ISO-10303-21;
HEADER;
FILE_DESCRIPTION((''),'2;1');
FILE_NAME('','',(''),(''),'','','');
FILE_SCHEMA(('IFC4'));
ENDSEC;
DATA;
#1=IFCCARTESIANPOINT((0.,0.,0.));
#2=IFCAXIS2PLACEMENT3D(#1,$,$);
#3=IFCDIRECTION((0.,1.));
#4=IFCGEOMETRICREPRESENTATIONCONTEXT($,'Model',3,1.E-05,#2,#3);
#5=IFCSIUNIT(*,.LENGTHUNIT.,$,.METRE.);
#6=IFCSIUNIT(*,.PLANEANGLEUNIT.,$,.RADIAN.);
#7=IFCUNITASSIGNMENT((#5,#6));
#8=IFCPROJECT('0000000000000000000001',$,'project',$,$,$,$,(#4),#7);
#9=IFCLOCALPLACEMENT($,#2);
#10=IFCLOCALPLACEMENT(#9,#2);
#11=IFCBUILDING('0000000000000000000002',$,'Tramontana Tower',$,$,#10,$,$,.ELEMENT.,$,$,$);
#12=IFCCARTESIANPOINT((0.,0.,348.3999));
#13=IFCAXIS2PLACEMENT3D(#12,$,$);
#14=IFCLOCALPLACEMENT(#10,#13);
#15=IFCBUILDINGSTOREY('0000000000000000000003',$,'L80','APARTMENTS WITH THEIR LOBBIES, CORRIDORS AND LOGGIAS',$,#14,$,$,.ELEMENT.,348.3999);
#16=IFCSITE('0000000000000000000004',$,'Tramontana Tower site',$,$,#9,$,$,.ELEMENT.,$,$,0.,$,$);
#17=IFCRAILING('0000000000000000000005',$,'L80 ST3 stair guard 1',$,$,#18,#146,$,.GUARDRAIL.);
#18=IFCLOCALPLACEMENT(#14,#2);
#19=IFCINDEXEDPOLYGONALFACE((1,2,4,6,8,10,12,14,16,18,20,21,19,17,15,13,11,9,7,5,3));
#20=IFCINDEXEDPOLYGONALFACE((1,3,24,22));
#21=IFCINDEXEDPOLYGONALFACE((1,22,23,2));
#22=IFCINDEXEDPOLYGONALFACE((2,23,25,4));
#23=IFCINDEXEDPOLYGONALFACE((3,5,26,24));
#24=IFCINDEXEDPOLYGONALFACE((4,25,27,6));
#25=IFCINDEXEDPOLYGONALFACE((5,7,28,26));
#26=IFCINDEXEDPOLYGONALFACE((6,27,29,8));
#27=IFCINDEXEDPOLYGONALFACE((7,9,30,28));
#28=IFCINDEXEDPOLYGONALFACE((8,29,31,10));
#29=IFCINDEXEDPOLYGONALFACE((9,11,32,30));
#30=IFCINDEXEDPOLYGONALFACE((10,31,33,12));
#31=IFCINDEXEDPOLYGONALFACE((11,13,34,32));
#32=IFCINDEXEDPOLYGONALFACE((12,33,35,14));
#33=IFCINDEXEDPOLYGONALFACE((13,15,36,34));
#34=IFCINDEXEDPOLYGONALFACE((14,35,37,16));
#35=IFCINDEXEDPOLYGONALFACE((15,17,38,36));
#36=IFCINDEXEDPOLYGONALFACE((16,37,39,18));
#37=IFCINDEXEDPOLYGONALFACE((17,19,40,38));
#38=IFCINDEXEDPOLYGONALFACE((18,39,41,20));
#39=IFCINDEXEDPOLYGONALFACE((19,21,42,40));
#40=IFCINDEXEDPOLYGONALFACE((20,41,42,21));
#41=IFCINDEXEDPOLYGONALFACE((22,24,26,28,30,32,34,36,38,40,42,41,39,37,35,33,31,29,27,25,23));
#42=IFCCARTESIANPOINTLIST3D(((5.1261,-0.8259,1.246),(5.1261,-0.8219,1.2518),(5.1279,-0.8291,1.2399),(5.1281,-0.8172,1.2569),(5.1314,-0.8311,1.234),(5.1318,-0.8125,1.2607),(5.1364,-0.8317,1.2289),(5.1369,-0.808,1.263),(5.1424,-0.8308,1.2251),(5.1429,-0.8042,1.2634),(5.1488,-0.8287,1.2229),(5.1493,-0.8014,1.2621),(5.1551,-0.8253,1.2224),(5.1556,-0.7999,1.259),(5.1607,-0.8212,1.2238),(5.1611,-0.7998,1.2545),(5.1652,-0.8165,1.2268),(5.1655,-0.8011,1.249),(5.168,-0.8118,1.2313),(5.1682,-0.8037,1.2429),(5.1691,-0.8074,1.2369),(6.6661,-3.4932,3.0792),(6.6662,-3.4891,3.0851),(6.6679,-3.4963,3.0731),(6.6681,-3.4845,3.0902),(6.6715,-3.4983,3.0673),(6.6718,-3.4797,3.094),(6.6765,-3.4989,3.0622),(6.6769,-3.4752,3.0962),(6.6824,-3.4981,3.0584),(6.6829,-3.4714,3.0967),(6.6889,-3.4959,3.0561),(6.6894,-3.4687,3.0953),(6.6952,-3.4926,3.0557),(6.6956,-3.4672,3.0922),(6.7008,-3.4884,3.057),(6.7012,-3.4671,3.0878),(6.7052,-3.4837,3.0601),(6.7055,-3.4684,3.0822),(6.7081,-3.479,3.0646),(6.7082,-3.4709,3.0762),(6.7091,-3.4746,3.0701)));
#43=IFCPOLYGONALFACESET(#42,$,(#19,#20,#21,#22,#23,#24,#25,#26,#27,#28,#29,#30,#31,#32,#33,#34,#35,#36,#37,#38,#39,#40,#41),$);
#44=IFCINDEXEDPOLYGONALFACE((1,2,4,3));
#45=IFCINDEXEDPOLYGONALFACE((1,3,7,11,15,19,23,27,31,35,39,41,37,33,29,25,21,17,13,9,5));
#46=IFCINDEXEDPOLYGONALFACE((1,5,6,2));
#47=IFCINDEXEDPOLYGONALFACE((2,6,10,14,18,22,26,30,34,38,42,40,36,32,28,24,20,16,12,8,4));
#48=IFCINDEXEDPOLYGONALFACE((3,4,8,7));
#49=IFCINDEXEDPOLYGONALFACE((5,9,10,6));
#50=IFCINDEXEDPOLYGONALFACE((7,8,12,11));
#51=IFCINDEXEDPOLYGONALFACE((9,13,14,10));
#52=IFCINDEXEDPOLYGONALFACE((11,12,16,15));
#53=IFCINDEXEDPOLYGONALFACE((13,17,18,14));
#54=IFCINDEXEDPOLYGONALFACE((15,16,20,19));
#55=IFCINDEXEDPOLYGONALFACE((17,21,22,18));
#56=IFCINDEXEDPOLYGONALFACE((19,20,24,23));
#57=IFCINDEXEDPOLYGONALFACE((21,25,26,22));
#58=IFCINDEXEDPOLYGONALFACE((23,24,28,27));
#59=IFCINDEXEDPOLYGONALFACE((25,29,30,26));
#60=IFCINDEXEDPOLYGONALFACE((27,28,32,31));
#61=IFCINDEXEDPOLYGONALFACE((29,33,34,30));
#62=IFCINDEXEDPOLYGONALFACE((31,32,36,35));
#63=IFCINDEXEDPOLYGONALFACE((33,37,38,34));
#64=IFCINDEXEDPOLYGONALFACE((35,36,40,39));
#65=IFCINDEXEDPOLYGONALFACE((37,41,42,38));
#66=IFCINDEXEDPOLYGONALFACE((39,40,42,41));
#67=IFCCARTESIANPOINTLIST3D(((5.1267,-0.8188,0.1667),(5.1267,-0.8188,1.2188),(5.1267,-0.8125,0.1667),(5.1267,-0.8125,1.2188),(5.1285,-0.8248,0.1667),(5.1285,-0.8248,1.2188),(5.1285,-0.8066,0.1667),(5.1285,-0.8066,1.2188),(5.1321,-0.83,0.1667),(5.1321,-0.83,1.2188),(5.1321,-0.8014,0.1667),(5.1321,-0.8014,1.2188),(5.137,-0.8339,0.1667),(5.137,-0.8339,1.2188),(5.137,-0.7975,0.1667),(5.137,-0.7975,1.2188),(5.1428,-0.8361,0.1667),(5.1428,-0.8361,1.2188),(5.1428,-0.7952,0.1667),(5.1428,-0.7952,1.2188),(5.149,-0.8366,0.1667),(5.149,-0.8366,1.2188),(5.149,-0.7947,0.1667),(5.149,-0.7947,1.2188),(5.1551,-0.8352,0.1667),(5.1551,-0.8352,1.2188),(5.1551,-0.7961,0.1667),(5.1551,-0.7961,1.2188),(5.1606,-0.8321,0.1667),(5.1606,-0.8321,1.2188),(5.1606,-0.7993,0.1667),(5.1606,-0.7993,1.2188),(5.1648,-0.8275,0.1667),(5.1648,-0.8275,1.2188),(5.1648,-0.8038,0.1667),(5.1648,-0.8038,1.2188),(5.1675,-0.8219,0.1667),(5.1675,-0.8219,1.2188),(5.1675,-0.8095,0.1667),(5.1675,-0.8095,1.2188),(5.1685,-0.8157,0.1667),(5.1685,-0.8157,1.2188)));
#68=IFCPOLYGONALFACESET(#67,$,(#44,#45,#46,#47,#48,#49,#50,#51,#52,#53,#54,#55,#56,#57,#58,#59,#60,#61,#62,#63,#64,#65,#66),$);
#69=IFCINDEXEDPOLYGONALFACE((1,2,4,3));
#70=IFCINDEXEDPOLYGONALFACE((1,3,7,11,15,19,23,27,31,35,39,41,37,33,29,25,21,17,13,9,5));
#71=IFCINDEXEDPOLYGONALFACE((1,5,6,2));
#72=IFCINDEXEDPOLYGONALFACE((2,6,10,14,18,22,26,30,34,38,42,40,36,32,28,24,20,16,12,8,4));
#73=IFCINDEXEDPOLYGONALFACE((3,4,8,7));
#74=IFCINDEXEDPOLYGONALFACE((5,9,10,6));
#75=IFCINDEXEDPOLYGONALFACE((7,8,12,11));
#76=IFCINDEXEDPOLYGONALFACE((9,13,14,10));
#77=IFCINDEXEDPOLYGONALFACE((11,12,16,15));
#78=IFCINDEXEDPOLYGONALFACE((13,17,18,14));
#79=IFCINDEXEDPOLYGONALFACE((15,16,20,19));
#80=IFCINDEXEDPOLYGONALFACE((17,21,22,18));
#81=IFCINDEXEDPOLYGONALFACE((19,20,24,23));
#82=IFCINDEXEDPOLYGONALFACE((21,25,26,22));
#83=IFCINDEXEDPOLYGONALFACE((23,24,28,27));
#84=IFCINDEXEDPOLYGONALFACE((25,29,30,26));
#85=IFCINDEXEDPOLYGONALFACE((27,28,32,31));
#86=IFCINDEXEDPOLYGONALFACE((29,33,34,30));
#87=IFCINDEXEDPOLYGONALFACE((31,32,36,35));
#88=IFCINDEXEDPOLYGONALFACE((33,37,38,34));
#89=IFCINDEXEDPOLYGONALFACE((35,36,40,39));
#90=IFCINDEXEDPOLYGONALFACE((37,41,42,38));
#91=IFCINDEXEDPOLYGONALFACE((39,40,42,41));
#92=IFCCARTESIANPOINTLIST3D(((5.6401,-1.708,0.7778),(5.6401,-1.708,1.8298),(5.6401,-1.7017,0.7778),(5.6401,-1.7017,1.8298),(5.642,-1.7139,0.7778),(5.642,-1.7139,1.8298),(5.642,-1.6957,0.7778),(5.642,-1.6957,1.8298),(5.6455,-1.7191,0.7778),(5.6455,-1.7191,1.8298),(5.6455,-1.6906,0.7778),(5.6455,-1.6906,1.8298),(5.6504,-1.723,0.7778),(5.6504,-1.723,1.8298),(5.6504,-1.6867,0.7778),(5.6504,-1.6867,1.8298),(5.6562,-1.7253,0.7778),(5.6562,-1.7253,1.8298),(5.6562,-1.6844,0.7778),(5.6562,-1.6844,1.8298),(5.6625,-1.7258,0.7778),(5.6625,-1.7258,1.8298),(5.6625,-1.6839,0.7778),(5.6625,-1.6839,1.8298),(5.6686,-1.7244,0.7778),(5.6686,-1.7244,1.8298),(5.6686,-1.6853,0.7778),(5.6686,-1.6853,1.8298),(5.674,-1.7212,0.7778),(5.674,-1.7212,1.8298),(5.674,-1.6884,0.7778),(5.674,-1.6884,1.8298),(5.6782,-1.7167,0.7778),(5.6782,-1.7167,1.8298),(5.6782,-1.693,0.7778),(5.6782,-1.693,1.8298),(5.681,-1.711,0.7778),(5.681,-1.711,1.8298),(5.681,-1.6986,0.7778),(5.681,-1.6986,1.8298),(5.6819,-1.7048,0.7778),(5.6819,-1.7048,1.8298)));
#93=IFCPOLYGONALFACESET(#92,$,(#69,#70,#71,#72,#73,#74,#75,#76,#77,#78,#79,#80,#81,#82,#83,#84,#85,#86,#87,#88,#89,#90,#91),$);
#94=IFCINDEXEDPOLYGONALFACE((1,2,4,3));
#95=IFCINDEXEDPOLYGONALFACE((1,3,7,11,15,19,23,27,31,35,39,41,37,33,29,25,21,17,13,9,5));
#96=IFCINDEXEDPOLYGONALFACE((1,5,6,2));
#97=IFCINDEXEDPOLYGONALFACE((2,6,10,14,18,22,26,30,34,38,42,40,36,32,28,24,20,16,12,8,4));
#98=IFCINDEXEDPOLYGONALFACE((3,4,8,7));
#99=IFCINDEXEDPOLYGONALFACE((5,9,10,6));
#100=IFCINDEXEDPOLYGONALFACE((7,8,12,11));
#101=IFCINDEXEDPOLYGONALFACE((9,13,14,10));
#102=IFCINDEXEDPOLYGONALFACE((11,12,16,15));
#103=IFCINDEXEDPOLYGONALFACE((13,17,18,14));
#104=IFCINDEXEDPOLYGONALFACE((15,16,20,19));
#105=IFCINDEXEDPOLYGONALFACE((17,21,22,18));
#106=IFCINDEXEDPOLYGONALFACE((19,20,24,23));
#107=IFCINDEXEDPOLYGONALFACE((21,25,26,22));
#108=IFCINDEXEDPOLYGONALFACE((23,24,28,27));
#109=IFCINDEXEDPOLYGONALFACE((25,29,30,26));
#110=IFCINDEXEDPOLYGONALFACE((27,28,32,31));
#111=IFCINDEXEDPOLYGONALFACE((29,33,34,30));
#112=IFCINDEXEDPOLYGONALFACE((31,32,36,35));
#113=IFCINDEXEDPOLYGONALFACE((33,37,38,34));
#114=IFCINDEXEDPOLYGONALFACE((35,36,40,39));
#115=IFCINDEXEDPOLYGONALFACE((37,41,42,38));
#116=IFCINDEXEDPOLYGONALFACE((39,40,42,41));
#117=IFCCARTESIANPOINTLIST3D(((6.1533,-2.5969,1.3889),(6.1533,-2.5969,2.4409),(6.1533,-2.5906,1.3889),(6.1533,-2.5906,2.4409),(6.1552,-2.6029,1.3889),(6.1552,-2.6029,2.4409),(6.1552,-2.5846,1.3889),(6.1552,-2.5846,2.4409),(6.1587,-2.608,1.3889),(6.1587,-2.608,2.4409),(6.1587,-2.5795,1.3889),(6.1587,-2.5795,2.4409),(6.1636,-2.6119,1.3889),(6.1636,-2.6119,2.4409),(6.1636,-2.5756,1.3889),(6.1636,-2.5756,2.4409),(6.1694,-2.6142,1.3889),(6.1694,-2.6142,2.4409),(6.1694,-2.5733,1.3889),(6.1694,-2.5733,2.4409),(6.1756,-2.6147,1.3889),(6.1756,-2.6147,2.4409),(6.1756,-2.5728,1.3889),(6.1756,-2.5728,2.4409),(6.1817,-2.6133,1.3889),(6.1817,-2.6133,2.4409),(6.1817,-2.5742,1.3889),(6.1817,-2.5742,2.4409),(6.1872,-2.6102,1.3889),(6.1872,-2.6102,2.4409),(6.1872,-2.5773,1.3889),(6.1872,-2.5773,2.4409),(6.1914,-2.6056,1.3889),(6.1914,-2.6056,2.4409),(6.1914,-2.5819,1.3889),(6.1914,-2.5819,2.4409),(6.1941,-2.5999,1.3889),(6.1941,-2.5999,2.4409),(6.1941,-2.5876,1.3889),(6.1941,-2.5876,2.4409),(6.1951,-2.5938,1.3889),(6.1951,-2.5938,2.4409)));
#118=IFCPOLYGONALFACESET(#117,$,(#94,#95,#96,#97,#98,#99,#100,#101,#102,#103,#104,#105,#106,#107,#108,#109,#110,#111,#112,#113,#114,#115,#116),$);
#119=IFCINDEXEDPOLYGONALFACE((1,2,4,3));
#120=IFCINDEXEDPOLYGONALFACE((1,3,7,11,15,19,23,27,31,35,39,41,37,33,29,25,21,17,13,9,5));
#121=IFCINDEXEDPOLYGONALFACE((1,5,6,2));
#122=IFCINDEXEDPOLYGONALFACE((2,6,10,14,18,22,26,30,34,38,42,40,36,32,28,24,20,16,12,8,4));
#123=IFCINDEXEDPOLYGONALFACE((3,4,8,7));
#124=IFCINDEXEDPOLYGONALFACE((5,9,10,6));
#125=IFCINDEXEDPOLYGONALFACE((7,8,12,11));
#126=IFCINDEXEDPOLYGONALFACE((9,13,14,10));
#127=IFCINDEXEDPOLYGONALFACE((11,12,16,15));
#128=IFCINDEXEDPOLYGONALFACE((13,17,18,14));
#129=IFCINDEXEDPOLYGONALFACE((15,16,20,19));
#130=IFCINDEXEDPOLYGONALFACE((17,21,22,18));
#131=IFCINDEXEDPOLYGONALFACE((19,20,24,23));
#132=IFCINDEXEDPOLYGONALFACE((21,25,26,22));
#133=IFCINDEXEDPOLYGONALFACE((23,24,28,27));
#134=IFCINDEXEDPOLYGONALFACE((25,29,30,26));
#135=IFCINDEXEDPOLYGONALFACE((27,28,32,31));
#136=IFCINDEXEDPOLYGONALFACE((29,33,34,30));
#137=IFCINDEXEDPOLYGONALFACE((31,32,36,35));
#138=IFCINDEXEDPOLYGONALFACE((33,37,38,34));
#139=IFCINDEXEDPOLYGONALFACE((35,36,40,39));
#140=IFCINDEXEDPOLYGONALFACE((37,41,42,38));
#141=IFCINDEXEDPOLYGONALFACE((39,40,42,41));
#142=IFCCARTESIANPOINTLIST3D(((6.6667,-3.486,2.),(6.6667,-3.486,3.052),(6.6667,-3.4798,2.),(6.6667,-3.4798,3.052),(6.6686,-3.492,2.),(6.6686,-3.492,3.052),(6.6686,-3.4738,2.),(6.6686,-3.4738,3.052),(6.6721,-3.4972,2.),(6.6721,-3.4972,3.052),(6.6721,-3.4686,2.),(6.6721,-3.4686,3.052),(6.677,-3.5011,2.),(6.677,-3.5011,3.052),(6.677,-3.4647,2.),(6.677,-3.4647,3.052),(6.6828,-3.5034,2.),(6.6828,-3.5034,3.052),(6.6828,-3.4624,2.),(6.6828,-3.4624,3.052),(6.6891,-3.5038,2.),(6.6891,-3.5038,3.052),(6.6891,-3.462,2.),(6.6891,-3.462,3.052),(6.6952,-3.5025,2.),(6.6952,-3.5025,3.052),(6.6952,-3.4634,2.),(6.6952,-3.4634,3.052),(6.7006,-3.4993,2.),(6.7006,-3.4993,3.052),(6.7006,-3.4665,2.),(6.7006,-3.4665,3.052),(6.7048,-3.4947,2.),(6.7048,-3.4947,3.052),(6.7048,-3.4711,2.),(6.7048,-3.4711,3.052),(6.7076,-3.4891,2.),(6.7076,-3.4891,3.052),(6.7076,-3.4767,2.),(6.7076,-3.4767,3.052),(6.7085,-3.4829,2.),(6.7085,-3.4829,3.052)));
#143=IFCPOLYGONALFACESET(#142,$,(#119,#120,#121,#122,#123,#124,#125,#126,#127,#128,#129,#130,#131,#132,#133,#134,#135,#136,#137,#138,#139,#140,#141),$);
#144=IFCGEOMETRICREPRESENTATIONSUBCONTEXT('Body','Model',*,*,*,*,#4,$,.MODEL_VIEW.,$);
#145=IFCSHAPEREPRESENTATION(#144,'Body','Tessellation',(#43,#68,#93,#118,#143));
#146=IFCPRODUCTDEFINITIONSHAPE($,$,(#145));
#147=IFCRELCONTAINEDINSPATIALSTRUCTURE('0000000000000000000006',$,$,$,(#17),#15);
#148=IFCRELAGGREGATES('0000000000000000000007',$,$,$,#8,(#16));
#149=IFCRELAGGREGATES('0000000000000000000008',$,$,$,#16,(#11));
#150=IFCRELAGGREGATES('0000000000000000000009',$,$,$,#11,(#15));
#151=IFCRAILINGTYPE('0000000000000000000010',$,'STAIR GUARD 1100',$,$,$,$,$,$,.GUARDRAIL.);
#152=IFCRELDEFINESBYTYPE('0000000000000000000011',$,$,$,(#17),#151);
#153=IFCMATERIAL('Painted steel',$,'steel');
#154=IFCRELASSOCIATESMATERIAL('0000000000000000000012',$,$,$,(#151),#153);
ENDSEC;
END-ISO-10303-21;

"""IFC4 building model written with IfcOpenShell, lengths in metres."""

from ifc_helpers import new_model, si_unit, direction, frame, origin, origin_2d, place, context, subcontext, project, spatial, circle, extrude, material, type_object, element, save


model = new_model("IFC4")

# Units and contexts
model_context = context("Model", 3, precision=1e-05, world=origin(), true_north=direction((0.0, 1.0)))
body_context = subcontext(model_context, "Body", "Model", "MODEL_VIEW")
ifc_project = project(units=[si_unit("LENGTHUNIT", "METRE"), si_unit("PLANEANGLEUNIT", "RADIAN")], contexts=[model_context])

# Site, building, storey
site_placement = place(None, origin())
site = spatial("IfcSite", under=ifc_project, at=site_placement, Name="Tramontana Tower site", CompositionType="ELEMENT", RefElevation=0.0)
building_placement = place(site_placement, origin())
building = spatial("IfcBuilding", under=site, at=building_placement, Name="Tramontana Tower", CompositionType="ELEMENT")
storey_placement = place(building_placement, frame((0.0, 0.0, 348.3999)))
storey = spatial("IfcBuildingStorey", under=building, at=storey_placement, Name="L80", Description="APARTMENTS WITH THEIR LOBBIES, CORRIDORS AND LOGGIAS", CompositionType="ELEMENT", Elevation=348.3999)

# Railing
ifc_material_1 = material(Name="Painted steel", Category="steel")
railing_type_1 = type_object("IfcRailingType", Name="STAIR GUARD 1100", PredefinedType="GUARDRAIL", material=ifc_material_1)
railing_1_placement = place(storey_placement, frame((5.1475, -0.8157, 0.1667)))
element("IfcRailing", 1, at=railing_1_placement, inside=storey, type_object=railing_type_1, Name="L80 ST3 stair guard 1", PredefinedType="GUARDRAIL", context=body_context, shape_type="SweptSolid", body=[
    extrude(circle(Radius=0.0239, at=origin_2d()), frame((0.0, 0.0, 1.0762), z_axis=(0.429671, -0.744159, 0.511478), x_axis=(0.86601, 0.500027, 0.0)), (0.0, 0.0, 1.0), 3.5842),
    extrude(circle(Radius=0.021, at=origin_2d()), origin(), (0.0, 0.0, 1.0), 1.052),
    extrude(circle(Radius=0.021, at=origin_2d()), frame((0.5134, -0.8892, 0.6111)), (0.0, 0.0, 1.0), 1.052),
    extrude(circle(Radius=0.021, at=origin_2d()), frame((1.0266, -1.7781, 1.2222)), (0.0, 0.0, 1.0), 1.052),
    extrude(circle(Radius=0.021, at=origin_2d()), frame((1.54, -2.6672, 1.8333)), (0.0, 0.0, 1.0), 1.052),
])

save(model, "model.ifc")
